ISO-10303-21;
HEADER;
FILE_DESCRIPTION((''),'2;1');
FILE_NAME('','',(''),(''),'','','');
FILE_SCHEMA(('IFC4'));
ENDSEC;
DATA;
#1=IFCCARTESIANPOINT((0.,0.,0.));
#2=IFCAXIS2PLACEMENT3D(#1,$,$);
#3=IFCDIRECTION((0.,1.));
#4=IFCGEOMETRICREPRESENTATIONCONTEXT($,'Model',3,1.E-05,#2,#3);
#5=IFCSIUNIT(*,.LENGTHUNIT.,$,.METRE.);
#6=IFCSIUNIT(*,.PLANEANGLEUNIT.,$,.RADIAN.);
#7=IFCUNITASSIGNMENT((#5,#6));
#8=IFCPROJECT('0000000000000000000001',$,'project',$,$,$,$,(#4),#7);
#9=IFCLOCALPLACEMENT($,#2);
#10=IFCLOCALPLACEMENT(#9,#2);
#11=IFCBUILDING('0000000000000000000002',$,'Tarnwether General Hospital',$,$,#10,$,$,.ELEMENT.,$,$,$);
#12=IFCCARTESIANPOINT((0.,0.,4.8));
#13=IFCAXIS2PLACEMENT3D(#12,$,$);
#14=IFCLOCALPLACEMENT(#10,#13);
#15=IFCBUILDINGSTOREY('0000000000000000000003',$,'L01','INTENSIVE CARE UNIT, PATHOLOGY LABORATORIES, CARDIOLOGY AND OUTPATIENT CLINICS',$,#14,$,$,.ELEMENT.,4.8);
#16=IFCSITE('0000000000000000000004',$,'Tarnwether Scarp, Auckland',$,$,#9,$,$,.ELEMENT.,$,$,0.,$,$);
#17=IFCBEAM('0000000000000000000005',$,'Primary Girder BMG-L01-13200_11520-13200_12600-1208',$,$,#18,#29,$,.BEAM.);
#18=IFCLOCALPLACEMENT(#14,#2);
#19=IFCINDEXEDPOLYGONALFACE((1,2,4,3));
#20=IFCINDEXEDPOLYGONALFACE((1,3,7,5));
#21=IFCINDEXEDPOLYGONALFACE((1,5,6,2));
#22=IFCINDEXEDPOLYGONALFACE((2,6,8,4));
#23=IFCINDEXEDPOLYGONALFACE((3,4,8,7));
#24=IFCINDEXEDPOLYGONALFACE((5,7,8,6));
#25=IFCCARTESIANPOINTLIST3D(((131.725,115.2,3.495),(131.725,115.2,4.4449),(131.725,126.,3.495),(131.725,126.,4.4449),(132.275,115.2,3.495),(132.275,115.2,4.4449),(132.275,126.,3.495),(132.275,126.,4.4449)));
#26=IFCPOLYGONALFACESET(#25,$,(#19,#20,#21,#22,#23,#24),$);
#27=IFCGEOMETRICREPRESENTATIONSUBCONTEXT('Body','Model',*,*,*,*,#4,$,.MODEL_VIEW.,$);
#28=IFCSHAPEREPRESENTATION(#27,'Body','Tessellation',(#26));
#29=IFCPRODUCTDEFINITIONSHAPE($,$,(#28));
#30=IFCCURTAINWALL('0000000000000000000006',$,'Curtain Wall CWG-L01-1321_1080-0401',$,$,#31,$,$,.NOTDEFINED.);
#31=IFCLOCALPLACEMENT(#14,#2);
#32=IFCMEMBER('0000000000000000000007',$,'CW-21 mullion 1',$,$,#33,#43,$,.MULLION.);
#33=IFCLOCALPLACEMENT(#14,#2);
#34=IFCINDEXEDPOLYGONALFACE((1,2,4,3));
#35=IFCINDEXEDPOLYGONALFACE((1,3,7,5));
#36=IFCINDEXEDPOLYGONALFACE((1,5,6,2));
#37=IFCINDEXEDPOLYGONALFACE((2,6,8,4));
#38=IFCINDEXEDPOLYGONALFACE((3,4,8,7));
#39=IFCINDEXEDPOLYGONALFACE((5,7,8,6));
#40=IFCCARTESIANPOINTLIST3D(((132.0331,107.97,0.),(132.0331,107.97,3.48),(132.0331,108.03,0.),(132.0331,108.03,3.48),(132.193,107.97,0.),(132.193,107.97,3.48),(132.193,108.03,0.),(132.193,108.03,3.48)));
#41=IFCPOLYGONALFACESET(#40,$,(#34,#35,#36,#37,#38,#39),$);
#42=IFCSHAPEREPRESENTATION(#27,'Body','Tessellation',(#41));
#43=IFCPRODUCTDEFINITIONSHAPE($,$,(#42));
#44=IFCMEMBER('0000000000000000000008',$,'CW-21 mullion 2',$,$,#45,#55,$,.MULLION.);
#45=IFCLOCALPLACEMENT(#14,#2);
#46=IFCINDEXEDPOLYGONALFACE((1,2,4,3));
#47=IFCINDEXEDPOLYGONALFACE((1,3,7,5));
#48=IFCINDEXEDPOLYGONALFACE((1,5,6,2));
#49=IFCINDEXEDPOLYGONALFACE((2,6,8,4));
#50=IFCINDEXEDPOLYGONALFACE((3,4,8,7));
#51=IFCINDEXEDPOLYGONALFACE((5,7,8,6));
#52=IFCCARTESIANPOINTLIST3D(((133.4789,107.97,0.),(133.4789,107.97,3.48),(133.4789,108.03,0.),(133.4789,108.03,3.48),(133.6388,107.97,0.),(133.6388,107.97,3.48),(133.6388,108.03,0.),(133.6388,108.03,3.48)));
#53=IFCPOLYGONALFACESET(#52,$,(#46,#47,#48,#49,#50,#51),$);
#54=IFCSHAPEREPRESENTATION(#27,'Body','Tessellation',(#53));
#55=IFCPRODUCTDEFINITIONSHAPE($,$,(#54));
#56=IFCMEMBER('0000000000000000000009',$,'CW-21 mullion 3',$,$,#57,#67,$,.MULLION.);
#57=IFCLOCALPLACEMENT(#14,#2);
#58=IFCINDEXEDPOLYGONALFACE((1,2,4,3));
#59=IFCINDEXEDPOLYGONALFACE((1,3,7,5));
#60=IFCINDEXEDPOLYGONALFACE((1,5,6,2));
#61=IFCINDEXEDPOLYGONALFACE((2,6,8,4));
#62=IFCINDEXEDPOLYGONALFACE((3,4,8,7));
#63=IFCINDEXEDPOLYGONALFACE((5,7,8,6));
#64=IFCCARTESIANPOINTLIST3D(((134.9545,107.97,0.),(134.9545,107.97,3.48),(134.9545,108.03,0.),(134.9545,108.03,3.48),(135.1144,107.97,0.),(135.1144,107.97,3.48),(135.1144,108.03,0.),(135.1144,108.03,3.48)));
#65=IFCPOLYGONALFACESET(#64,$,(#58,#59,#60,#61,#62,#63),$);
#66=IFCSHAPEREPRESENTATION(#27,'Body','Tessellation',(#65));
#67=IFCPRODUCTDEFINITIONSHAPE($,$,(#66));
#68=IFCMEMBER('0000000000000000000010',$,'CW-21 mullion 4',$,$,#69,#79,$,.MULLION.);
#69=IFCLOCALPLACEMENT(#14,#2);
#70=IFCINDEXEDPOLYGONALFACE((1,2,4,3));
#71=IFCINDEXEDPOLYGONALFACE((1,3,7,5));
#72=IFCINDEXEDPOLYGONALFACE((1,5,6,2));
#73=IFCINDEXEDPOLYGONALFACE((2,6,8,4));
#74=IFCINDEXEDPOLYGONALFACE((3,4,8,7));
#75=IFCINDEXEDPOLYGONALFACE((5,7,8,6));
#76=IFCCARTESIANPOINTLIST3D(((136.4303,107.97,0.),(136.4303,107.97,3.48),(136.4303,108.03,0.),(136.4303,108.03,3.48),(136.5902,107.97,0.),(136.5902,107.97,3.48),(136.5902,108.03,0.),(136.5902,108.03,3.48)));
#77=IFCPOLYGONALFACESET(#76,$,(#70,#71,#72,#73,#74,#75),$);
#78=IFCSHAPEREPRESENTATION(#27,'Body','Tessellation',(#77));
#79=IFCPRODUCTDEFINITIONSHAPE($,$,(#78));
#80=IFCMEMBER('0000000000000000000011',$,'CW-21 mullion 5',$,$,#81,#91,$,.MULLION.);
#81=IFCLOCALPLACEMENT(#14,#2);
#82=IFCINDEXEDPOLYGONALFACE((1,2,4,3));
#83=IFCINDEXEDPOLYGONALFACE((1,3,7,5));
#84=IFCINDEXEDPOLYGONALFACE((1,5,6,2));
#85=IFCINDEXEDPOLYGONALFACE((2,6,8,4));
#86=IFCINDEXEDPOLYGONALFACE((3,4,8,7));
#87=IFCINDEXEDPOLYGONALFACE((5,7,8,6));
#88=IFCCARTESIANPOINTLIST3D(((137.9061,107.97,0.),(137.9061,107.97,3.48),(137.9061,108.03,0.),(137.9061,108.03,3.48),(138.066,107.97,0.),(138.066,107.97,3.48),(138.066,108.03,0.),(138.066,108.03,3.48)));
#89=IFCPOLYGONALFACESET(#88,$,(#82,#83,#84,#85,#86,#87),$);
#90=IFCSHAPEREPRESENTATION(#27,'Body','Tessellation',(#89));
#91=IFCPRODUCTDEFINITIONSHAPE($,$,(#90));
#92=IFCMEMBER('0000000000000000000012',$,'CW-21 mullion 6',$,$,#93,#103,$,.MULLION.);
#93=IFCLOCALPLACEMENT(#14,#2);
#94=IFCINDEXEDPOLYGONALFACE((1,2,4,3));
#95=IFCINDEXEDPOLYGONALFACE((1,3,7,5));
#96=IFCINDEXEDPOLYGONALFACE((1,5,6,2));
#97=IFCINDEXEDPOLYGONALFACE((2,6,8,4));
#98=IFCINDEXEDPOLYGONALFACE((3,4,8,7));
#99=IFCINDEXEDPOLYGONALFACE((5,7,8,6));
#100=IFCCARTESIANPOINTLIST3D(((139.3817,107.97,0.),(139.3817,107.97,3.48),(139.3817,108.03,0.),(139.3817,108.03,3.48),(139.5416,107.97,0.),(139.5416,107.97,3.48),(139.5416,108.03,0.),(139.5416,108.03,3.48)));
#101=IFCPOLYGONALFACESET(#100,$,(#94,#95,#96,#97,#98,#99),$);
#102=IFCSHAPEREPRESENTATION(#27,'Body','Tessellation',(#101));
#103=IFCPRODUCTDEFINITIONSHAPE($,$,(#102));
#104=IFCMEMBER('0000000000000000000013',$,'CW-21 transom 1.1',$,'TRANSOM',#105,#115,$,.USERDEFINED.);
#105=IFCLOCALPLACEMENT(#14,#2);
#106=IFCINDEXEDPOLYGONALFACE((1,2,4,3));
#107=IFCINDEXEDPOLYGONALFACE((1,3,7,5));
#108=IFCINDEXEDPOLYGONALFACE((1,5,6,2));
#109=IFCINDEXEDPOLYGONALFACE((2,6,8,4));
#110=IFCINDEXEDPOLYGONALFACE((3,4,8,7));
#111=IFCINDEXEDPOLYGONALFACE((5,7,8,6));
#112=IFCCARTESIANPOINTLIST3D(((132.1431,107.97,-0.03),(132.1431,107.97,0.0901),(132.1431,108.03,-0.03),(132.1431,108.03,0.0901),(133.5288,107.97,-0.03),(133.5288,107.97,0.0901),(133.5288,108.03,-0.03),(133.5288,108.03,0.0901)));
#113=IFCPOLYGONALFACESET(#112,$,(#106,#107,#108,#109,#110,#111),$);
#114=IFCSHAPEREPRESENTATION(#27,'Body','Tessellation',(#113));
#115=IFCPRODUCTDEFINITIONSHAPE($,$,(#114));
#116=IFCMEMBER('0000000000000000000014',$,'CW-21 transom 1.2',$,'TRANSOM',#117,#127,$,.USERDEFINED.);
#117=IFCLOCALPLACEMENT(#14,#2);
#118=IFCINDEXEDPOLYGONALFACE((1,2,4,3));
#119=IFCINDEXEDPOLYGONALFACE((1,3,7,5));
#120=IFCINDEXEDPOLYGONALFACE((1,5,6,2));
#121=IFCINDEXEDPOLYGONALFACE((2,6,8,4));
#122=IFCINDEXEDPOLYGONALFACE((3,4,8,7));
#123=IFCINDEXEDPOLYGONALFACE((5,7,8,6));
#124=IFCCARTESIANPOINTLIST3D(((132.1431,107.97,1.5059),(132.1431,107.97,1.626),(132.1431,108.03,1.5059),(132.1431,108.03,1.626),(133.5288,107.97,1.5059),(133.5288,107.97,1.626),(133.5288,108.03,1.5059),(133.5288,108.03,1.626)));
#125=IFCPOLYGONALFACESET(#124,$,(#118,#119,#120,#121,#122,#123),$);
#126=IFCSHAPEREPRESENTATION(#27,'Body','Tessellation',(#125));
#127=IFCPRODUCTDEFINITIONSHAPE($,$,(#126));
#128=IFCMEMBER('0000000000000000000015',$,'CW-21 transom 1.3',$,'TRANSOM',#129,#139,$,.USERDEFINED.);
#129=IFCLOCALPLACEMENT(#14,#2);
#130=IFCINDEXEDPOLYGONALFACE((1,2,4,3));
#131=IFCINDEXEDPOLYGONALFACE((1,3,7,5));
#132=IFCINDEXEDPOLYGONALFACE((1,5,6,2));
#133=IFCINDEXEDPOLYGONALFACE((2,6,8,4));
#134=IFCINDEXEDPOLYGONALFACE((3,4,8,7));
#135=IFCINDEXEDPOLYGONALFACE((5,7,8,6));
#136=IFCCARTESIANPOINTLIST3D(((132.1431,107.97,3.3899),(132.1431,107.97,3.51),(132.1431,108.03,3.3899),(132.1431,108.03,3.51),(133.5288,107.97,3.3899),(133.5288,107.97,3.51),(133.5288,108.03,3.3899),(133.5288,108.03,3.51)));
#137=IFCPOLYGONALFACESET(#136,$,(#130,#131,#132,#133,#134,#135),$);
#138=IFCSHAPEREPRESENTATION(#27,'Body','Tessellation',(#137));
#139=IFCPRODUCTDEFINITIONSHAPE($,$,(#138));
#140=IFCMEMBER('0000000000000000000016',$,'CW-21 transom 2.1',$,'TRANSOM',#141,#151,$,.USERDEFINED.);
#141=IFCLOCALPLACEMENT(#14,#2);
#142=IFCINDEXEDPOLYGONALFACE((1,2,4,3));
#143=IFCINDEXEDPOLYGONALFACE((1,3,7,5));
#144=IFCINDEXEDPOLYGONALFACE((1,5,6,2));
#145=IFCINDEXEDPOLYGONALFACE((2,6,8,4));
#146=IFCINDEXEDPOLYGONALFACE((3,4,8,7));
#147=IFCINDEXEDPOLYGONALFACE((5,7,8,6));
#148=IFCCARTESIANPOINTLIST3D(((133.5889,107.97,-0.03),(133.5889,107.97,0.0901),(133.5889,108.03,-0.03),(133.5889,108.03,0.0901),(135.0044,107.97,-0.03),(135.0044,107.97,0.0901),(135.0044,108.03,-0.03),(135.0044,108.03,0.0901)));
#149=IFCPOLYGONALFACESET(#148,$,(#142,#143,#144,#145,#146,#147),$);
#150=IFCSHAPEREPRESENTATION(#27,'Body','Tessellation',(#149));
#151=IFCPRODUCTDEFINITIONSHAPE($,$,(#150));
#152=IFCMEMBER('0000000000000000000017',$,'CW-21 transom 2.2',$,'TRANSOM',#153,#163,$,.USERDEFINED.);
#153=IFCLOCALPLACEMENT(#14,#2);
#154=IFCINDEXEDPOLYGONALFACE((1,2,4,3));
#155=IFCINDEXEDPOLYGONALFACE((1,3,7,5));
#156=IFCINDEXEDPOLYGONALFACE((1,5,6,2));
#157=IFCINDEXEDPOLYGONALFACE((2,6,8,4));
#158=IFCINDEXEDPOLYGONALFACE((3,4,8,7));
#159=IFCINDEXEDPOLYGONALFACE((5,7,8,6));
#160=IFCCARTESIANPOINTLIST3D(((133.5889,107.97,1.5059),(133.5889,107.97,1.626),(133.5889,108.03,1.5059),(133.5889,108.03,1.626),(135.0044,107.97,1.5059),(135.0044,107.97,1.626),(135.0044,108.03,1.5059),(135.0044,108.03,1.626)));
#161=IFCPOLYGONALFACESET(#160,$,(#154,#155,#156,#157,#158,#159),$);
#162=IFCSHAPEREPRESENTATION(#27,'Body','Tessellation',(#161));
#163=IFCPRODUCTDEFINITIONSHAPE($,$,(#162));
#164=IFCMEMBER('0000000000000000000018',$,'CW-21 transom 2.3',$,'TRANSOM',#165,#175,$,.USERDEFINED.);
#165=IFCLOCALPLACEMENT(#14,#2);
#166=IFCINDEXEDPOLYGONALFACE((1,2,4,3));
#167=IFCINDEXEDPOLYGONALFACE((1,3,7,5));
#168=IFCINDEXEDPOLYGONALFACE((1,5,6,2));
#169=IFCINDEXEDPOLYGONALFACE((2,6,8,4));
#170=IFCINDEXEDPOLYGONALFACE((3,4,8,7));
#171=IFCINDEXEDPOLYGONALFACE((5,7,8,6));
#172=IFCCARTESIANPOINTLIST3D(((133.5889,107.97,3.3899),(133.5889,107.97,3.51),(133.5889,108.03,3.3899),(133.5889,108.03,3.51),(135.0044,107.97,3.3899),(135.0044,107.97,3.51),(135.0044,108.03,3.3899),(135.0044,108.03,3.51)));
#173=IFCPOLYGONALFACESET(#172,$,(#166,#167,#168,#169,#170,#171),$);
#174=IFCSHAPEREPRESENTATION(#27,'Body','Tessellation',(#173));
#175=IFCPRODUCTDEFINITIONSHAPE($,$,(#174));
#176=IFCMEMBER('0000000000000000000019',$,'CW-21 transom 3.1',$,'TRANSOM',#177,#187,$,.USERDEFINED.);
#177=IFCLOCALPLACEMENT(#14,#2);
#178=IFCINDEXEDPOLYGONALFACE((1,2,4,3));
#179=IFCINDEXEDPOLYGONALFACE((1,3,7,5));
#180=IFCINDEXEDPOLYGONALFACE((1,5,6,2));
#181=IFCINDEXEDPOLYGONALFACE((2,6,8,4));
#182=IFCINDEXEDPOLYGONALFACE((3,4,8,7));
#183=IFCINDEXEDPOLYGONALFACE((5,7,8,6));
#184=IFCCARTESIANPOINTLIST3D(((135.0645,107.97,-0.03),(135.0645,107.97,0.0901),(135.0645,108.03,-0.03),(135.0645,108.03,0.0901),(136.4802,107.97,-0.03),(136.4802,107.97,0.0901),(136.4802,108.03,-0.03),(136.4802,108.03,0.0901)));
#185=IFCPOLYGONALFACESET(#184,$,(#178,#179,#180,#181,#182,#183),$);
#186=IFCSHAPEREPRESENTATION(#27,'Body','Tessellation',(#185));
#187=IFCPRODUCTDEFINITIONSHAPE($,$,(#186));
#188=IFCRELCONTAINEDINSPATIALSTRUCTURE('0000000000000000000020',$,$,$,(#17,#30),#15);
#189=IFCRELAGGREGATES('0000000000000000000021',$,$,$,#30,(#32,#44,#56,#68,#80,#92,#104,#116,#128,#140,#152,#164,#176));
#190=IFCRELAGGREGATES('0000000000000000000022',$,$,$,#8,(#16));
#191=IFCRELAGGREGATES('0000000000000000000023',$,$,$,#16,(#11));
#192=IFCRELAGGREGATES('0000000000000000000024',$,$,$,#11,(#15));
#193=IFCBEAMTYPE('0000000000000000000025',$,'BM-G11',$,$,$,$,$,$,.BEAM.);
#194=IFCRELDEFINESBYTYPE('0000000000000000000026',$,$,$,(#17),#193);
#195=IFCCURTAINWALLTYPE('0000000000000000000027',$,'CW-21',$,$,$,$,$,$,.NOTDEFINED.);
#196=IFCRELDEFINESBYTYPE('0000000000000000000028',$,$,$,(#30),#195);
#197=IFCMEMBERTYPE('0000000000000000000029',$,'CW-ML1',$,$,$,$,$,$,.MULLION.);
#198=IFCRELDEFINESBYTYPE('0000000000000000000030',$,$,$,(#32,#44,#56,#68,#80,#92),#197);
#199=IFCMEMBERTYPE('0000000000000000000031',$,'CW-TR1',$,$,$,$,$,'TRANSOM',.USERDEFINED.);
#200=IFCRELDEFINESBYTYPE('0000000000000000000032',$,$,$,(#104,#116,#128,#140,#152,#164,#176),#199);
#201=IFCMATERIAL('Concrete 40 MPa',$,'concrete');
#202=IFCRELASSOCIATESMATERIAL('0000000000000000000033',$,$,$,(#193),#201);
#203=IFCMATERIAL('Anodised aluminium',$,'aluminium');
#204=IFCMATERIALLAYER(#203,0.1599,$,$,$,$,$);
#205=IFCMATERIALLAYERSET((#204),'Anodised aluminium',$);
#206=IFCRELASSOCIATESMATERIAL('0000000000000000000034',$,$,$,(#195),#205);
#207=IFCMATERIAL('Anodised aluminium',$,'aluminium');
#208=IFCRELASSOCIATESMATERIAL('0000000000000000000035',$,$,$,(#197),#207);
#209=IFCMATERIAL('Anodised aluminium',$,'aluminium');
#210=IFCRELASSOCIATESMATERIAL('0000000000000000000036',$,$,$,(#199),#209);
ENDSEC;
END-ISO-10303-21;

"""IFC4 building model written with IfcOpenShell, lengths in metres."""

from ifc_helpers import new_model, si_unit, direction, frame, origin, origin_2d, place, context, subcontext, project, spatial, rectangle, extrude, material, layer, layer_set, material_profile, profile_set, type_object, element, aggregate, save


model = new_model("IFC4")

# Units and contexts
model_context = context("Model", 3, precision=1e-05, world=origin(), true_north=direction((0.0, 1.0)))
body_context = subcontext(model_context, "Body", "Model", "MODEL_VIEW")
ifc_project = project(units=[si_unit("LENGTHUNIT", "METRE"), si_unit("PLANEANGLEUNIT", "RADIAN")], contexts=[model_context])

# Site, building, storey
site_placement = place(None, origin())
site = spatial("IfcSite", under=ifc_project, at=site_placement, Name="Tarnwether Scarp, Auckland", CompositionType="ELEMENT", RefElevation=0.0)
building_placement = place(site_placement, origin())
building = spatial("IfcBuilding", under=site, at=building_placement, Name="Tarnwether General Hospital", CompositionType="ELEMENT")
storey_placement = place(building_placement, frame((0.0, 0.0, 4.8)))
storey = spatial("IfcBuildingStorey", under=building, at=storey_placement, Name="L01", Description="INTENSIVE CARE UNIT, PATHOLOGY LABORATORIES, CARDIOLOGY AND OUTPATIENT CLINICS", CompositionType="ELEMENT", Elevation=4.8)

# Beam
ifc_material_1 = material(Name="Concrete 40 MPa", Category="concrete")
ifc_material_profile_1 = material_profile(ifc_material_1, rectangle(XDim=0.55, YDim=0.95, at=origin_2d()), Name="RC-BM-550x950")
ifc_profile_set_1 = profile_set([ifc_material_profile_1], Name="Concrete 40 MPa")
beam_type = type_object("IfcBeamType", Name="BM-G11", PredefinedType="BEAM", material=ifc_profile_set_1)
beam_placement = place(storey_placement, frame((132.0, 115.2, 3.97), z_axis=(0.0, 1.0, 0.0), x_axis=(-1.0, 0.0, 0.0)))
element("IfcBeam", 1, at=beam_placement, inside=storey, type_object=beam_type, Name="Primary Girder BMG-L01-13200_11520-13200_12600-1208", PredefinedType="BEAM", context=body_context, shape_type="SweptSolid", body=[
    extrude(rectangle(XDim=0.55, YDim=0.95, at=origin_2d()), origin(), (0.0, 0.0, 1.0), 10.8),
])

# Curtain wall, members
ifc_material_2 = material(Name="Anodised aluminium", Category="aluminium")
ifc_layer_1 = layer(ifc_material_2, 0.1599)
ifc_layer_set_1 = layer_set([ifc_layer_1], Name="Anodised aluminium")
curtain_wall_type = type_object("IfcCurtainWallType", Name="CW-21", PredefinedType="NOTDEFINED", material=ifc_layer_set_1)
curtain_wall_placement = place(storey_placement, origin())
curtain_wall = element("IfcCurtainWall", 2, at=curtain_wall_placement, inside=storey, type_object=curtain_wall_type, Name="Curtain Wall CWG-L01-1321_1080-0401", PredefinedType="NOTDEFINED")
ifc_material_3 = material(Name="Anodised aluminium", Category="aluminium")
ifc_material_profile_2 = material_profile(ifc_material_3, rectangle(XDim=0.0601, YDim=0.1599, at=origin_2d()), Name="ALU-MUL-60x160")
ifc_profile_set_2 = profile_set([ifc_material_profile_2], Name="Anodised aluminium")
member_type_1 = type_object("IfcMemberType", Name="CW-ML1", PredefinedType="MULLION", material=ifc_profile_set_2)
member_1_placement = place(storey_placement, frame((132.113, 108.0, 0.0), z_axis=(0.0, 0.0, 1.0), x_axis=(0.0, 1.0, 0.0)))
member_1 = element("IfcMember", 3, at=member_1_placement, type_object=member_type_1, Name="CW-21 mullion 1", PredefinedType="MULLION", context=body_context, shape_type="SweptSolid", body=[
    extrude(rectangle(XDim=0.0601, YDim=0.1599, at=origin_2d()), origin(), (0.0, 0.0, 1.0), 3.48),
])
member_2_placement = place(storey_placement, frame((133.5588, 108.0, 0.0), z_axis=(0.0, 0.0, 1.0), x_axis=(0.0, 1.0, 0.0)))
member_2 = element("IfcMember", 4, at=member_2_placement, type_object=member_type_1, Name="CW-21 mullion 2", PredefinedType="MULLION", context=body_context, shape_type="SweptSolid", body=[
    extrude(rectangle(XDim=0.0601, YDim=0.1599, at=origin_2d()), origin(), (0.0, 0.0, 1.0), 3.48),
])
member_3_placement = place(storey_placement, frame((135.0344, 108.0, 0.0), z_axis=(0.0, 0.0, 1.0), x_axis=(0.0, 1.0, 0.0)))
member_3 = element("IfcMember", 5, at=member_3_placement, type_object=member_type_1, Name="CW-21 mullion 3", PredefinedType="MULLION", context=body_context, shape_type="SweptSolid", body=[
    extrude(rectangle(XDim=0.0601, YDim=0.1599, at=origin_2d()), origin(), (0.0, 0.0, 1.0), 3.48),
])
member_4_placement = place(storey_placement, frame((136.5103, 108.0, 0.0), z_axis=(0.0, 0.0, 1.0), x_axis=(0.0, 1.0, 0.0)))
member_4 = element("IfcMember", 6, at=member_4_placement, type_object=member_type_1, Name="CW-21 mullion 4", PredefinedType="MULLION", context=body_context, shape_type="SweptSolid", body=[
    extrude(rectangle(XDim=0.0601, YDim=0.1599, at=origin_2d()), origin(), (0.0, 0.0, 1.0), 3.48),
])
member_5_placement = place(storey_placement, frame((137.9861, 108.0, 0.0), z_axis=(0.0, 0.0, 1.0), x_axis=(0.0, 1.0, 0.0)))
member_5 = element("IfcMember", 7, at=member_5_placement, type_object=member_type_1, Name="CW-21 mullion 5", PredefinedType="MULLION", context=body_context, shape_type="SweptSolid", body=[
    extrude(rectangle(XDim=0.0601, YDim=0.1599, at=origin_2d()), origin(), (0.0, 0.0, 1.0), 3.48),
])
member_6_placement = place(storey_placement, frame((139.4617, 108.0, 0.0), z_axis=(0.0, 0.0, 1.0), x_axis=(0.0, 1.0, 0.0)))
member_6 = element("IfcMember", 8, at=member_6_placement, type_object=member_type_1, Name="CW-21 mullion 6", PredefinedType="MULLION", context=body_context, shape_type="SweptSolid", body=[
    extrude(rectangle(XDim=0.0601, YDim=0.1599, at=origin_2d()), origin(), (0.0, 0.0, 1.0), 3.48),
])
ifc_material_4 = material(Name="Anodised aluminium", Category="aluminium")
ifc_material_profile_3 = material_profile(ifc_material_4, rectangle(XDim=0.0601, YDim=0.1201, at=origin_2d()), Name="ALU-TRN-60x120")
ifc_profile_set_3 = profile_set([ifc_material_profile_3], Name="Anodised aluminium")
member_type_2 = type_object("IfcMemberType", Name="CW-TR1", ElementType="TRANSOM", PredefinedType="USERDEFINED", material=ifc_profile_set_3)
member_7_placement = place(storey_placement, frame((132.1431, 108.0, 0.03), z_axis=(1.0, 0.0, 0.0), x_axis=(0.0, 1.0, 0.0)))
member_7 = element("IfcMember", 9, at=member_7_placement, type_object=member_type_2, Name="CW-21 transom 1.1", ObjectType="TRANSOM", PredefinedType="USERDEFINED", context=body_context, shape_type="SweptSolid", body=[
    extrude(rectangle(XDim=0.0601, YDim=0.1201, at=origin_2d()), origin(), (0.0, 0.0, 1.0), 1.3857),
])
member_8_placement = place(storey_placement, frame((132.1431, 108.0, 1.5659), z_axis=(1.0, 0.0, 0.0), x_axis=(0.0, 1.0, 0.0)))
member_8 = element("IfcMember", 10, at=member_8_placement, type_object=member_type_2, Name="CW-21 transom 1.2", ObjectType="TRANSOM", PredefinedType="USERDEFINED", context=body_context, shape_type="SweptSolid", body=[
    extrude(rectangle(XDim=0.0601, YDim=0.1201, at=origin_2d()), origin(), (0.0, 0.0, 1.0), 1.3857),
])
member_9_placement = place(storey_placement, frame((132.1431, 108.0, 3.45), z_axis=(1.0, 0.0, 0.0), x_axis=(0.0, 1.0, 0.0)))
member_9 = element("IfcMember", 11, at=member_9_placement, type_object=member_type_2, Name="CW-21 transom 1.3", ObjectType="TRANSOM", PredefinedType="USERDEFINED", context=body_context, shape_type="SweptSolid", body=[
    extrude(rectangle(XDim=0.0601, YDim=0.1201, at=origin_2d()), origin(), (0.0, 0.0, 1.0), 1.3857),
])
member_10_placement = place(storey_placement, frame((133.5889, 108.0, 0.03), z_axis=(1.0, 0.0, 0.0), x_axis=(0.0, 1.0, 0.0)))
member_10 = element("IfcMember", 12, at=member_10_placement, type_object=member_type_2, Name="CW-21 transom 2.1", ObjectType="TRANSOM", PredefinedType="USERDEFINED", context=body_context, shape_type="SweptSolid", body=[
    extrude(rectangle(XDim=0.0601, YDim=0.1201, at=origin_2d()), origin(), (0.0, 0.0, 1.0), 1.4155),
])
member_11_placement = place(storey_placement, frame((133.5889, 108.0, 1.5659), z_axis=(1.0, 0.0, 0.0), x_axis=(0.0, 1.0, 0.0)))
member_11 = element("IfcMember", 13, at=member_11_placement, type_object=member_type_2, Name="CW-21 transom 2.2", ObjectType="TRANSOM", PredefinedType="USERDEFINED", context=body_context, shape_type="SweptSolid", body=[
    extrude(rectangle(XDim=0.0601, YDim=0.1201, at=origin_2d()), origin(), (0.0, 0.0, 1.0), 1.4155),
])
member_12_placement = place(storey_placement, frame((133.5889, 108.0, 3.45), z_axis=(1.0, 0.0, 0.0), x_axis=(0.0, 1.0, 0.0)))
member_12 = element("IfcMember", 14, at=member_12_placement, type_object=member_type_2, Name="CW-21 transom 2.3", ObjectType="TRANSOM", PredefinedType="USERDEFINED", context=body_context, shape_type="SweptSolid", body=[
    extrude(rectangle(XDim=0.0601, YDim=0.1201, at=origin_2d()), origin(), (0.0, 0.0, 1.0), 1.4155),
])
member_13_placement = place(storey_placement, frame((135.0645, 108.0, 0.03), z_axis=(1.0, 0.0, 0.0), x_axis=(0.0, 1.0, 0.0)))
member_13 = element("IfcMember", 15, at=member_13_placement, type_object=member_type_2, Name="CW-21 transom 3.1", ObjectType="TRANSOM", PredefinedType="USERDEFINED", context=body_context, shape_type="SweptSolid", body=[
    extrude(rectangle(XDim=0.0601, YDim=0.1201, at=origin_2d()), origin(), (0.0, 0.0, 1.0), 1.4158),
])
aggregate(curtain_wall, [member_1, member_2, member_3, member_4, member_5, member_6, member_7, member_8, member_9, member_10, member_11, member_12, member_13])

save(model, "model.ifc")
